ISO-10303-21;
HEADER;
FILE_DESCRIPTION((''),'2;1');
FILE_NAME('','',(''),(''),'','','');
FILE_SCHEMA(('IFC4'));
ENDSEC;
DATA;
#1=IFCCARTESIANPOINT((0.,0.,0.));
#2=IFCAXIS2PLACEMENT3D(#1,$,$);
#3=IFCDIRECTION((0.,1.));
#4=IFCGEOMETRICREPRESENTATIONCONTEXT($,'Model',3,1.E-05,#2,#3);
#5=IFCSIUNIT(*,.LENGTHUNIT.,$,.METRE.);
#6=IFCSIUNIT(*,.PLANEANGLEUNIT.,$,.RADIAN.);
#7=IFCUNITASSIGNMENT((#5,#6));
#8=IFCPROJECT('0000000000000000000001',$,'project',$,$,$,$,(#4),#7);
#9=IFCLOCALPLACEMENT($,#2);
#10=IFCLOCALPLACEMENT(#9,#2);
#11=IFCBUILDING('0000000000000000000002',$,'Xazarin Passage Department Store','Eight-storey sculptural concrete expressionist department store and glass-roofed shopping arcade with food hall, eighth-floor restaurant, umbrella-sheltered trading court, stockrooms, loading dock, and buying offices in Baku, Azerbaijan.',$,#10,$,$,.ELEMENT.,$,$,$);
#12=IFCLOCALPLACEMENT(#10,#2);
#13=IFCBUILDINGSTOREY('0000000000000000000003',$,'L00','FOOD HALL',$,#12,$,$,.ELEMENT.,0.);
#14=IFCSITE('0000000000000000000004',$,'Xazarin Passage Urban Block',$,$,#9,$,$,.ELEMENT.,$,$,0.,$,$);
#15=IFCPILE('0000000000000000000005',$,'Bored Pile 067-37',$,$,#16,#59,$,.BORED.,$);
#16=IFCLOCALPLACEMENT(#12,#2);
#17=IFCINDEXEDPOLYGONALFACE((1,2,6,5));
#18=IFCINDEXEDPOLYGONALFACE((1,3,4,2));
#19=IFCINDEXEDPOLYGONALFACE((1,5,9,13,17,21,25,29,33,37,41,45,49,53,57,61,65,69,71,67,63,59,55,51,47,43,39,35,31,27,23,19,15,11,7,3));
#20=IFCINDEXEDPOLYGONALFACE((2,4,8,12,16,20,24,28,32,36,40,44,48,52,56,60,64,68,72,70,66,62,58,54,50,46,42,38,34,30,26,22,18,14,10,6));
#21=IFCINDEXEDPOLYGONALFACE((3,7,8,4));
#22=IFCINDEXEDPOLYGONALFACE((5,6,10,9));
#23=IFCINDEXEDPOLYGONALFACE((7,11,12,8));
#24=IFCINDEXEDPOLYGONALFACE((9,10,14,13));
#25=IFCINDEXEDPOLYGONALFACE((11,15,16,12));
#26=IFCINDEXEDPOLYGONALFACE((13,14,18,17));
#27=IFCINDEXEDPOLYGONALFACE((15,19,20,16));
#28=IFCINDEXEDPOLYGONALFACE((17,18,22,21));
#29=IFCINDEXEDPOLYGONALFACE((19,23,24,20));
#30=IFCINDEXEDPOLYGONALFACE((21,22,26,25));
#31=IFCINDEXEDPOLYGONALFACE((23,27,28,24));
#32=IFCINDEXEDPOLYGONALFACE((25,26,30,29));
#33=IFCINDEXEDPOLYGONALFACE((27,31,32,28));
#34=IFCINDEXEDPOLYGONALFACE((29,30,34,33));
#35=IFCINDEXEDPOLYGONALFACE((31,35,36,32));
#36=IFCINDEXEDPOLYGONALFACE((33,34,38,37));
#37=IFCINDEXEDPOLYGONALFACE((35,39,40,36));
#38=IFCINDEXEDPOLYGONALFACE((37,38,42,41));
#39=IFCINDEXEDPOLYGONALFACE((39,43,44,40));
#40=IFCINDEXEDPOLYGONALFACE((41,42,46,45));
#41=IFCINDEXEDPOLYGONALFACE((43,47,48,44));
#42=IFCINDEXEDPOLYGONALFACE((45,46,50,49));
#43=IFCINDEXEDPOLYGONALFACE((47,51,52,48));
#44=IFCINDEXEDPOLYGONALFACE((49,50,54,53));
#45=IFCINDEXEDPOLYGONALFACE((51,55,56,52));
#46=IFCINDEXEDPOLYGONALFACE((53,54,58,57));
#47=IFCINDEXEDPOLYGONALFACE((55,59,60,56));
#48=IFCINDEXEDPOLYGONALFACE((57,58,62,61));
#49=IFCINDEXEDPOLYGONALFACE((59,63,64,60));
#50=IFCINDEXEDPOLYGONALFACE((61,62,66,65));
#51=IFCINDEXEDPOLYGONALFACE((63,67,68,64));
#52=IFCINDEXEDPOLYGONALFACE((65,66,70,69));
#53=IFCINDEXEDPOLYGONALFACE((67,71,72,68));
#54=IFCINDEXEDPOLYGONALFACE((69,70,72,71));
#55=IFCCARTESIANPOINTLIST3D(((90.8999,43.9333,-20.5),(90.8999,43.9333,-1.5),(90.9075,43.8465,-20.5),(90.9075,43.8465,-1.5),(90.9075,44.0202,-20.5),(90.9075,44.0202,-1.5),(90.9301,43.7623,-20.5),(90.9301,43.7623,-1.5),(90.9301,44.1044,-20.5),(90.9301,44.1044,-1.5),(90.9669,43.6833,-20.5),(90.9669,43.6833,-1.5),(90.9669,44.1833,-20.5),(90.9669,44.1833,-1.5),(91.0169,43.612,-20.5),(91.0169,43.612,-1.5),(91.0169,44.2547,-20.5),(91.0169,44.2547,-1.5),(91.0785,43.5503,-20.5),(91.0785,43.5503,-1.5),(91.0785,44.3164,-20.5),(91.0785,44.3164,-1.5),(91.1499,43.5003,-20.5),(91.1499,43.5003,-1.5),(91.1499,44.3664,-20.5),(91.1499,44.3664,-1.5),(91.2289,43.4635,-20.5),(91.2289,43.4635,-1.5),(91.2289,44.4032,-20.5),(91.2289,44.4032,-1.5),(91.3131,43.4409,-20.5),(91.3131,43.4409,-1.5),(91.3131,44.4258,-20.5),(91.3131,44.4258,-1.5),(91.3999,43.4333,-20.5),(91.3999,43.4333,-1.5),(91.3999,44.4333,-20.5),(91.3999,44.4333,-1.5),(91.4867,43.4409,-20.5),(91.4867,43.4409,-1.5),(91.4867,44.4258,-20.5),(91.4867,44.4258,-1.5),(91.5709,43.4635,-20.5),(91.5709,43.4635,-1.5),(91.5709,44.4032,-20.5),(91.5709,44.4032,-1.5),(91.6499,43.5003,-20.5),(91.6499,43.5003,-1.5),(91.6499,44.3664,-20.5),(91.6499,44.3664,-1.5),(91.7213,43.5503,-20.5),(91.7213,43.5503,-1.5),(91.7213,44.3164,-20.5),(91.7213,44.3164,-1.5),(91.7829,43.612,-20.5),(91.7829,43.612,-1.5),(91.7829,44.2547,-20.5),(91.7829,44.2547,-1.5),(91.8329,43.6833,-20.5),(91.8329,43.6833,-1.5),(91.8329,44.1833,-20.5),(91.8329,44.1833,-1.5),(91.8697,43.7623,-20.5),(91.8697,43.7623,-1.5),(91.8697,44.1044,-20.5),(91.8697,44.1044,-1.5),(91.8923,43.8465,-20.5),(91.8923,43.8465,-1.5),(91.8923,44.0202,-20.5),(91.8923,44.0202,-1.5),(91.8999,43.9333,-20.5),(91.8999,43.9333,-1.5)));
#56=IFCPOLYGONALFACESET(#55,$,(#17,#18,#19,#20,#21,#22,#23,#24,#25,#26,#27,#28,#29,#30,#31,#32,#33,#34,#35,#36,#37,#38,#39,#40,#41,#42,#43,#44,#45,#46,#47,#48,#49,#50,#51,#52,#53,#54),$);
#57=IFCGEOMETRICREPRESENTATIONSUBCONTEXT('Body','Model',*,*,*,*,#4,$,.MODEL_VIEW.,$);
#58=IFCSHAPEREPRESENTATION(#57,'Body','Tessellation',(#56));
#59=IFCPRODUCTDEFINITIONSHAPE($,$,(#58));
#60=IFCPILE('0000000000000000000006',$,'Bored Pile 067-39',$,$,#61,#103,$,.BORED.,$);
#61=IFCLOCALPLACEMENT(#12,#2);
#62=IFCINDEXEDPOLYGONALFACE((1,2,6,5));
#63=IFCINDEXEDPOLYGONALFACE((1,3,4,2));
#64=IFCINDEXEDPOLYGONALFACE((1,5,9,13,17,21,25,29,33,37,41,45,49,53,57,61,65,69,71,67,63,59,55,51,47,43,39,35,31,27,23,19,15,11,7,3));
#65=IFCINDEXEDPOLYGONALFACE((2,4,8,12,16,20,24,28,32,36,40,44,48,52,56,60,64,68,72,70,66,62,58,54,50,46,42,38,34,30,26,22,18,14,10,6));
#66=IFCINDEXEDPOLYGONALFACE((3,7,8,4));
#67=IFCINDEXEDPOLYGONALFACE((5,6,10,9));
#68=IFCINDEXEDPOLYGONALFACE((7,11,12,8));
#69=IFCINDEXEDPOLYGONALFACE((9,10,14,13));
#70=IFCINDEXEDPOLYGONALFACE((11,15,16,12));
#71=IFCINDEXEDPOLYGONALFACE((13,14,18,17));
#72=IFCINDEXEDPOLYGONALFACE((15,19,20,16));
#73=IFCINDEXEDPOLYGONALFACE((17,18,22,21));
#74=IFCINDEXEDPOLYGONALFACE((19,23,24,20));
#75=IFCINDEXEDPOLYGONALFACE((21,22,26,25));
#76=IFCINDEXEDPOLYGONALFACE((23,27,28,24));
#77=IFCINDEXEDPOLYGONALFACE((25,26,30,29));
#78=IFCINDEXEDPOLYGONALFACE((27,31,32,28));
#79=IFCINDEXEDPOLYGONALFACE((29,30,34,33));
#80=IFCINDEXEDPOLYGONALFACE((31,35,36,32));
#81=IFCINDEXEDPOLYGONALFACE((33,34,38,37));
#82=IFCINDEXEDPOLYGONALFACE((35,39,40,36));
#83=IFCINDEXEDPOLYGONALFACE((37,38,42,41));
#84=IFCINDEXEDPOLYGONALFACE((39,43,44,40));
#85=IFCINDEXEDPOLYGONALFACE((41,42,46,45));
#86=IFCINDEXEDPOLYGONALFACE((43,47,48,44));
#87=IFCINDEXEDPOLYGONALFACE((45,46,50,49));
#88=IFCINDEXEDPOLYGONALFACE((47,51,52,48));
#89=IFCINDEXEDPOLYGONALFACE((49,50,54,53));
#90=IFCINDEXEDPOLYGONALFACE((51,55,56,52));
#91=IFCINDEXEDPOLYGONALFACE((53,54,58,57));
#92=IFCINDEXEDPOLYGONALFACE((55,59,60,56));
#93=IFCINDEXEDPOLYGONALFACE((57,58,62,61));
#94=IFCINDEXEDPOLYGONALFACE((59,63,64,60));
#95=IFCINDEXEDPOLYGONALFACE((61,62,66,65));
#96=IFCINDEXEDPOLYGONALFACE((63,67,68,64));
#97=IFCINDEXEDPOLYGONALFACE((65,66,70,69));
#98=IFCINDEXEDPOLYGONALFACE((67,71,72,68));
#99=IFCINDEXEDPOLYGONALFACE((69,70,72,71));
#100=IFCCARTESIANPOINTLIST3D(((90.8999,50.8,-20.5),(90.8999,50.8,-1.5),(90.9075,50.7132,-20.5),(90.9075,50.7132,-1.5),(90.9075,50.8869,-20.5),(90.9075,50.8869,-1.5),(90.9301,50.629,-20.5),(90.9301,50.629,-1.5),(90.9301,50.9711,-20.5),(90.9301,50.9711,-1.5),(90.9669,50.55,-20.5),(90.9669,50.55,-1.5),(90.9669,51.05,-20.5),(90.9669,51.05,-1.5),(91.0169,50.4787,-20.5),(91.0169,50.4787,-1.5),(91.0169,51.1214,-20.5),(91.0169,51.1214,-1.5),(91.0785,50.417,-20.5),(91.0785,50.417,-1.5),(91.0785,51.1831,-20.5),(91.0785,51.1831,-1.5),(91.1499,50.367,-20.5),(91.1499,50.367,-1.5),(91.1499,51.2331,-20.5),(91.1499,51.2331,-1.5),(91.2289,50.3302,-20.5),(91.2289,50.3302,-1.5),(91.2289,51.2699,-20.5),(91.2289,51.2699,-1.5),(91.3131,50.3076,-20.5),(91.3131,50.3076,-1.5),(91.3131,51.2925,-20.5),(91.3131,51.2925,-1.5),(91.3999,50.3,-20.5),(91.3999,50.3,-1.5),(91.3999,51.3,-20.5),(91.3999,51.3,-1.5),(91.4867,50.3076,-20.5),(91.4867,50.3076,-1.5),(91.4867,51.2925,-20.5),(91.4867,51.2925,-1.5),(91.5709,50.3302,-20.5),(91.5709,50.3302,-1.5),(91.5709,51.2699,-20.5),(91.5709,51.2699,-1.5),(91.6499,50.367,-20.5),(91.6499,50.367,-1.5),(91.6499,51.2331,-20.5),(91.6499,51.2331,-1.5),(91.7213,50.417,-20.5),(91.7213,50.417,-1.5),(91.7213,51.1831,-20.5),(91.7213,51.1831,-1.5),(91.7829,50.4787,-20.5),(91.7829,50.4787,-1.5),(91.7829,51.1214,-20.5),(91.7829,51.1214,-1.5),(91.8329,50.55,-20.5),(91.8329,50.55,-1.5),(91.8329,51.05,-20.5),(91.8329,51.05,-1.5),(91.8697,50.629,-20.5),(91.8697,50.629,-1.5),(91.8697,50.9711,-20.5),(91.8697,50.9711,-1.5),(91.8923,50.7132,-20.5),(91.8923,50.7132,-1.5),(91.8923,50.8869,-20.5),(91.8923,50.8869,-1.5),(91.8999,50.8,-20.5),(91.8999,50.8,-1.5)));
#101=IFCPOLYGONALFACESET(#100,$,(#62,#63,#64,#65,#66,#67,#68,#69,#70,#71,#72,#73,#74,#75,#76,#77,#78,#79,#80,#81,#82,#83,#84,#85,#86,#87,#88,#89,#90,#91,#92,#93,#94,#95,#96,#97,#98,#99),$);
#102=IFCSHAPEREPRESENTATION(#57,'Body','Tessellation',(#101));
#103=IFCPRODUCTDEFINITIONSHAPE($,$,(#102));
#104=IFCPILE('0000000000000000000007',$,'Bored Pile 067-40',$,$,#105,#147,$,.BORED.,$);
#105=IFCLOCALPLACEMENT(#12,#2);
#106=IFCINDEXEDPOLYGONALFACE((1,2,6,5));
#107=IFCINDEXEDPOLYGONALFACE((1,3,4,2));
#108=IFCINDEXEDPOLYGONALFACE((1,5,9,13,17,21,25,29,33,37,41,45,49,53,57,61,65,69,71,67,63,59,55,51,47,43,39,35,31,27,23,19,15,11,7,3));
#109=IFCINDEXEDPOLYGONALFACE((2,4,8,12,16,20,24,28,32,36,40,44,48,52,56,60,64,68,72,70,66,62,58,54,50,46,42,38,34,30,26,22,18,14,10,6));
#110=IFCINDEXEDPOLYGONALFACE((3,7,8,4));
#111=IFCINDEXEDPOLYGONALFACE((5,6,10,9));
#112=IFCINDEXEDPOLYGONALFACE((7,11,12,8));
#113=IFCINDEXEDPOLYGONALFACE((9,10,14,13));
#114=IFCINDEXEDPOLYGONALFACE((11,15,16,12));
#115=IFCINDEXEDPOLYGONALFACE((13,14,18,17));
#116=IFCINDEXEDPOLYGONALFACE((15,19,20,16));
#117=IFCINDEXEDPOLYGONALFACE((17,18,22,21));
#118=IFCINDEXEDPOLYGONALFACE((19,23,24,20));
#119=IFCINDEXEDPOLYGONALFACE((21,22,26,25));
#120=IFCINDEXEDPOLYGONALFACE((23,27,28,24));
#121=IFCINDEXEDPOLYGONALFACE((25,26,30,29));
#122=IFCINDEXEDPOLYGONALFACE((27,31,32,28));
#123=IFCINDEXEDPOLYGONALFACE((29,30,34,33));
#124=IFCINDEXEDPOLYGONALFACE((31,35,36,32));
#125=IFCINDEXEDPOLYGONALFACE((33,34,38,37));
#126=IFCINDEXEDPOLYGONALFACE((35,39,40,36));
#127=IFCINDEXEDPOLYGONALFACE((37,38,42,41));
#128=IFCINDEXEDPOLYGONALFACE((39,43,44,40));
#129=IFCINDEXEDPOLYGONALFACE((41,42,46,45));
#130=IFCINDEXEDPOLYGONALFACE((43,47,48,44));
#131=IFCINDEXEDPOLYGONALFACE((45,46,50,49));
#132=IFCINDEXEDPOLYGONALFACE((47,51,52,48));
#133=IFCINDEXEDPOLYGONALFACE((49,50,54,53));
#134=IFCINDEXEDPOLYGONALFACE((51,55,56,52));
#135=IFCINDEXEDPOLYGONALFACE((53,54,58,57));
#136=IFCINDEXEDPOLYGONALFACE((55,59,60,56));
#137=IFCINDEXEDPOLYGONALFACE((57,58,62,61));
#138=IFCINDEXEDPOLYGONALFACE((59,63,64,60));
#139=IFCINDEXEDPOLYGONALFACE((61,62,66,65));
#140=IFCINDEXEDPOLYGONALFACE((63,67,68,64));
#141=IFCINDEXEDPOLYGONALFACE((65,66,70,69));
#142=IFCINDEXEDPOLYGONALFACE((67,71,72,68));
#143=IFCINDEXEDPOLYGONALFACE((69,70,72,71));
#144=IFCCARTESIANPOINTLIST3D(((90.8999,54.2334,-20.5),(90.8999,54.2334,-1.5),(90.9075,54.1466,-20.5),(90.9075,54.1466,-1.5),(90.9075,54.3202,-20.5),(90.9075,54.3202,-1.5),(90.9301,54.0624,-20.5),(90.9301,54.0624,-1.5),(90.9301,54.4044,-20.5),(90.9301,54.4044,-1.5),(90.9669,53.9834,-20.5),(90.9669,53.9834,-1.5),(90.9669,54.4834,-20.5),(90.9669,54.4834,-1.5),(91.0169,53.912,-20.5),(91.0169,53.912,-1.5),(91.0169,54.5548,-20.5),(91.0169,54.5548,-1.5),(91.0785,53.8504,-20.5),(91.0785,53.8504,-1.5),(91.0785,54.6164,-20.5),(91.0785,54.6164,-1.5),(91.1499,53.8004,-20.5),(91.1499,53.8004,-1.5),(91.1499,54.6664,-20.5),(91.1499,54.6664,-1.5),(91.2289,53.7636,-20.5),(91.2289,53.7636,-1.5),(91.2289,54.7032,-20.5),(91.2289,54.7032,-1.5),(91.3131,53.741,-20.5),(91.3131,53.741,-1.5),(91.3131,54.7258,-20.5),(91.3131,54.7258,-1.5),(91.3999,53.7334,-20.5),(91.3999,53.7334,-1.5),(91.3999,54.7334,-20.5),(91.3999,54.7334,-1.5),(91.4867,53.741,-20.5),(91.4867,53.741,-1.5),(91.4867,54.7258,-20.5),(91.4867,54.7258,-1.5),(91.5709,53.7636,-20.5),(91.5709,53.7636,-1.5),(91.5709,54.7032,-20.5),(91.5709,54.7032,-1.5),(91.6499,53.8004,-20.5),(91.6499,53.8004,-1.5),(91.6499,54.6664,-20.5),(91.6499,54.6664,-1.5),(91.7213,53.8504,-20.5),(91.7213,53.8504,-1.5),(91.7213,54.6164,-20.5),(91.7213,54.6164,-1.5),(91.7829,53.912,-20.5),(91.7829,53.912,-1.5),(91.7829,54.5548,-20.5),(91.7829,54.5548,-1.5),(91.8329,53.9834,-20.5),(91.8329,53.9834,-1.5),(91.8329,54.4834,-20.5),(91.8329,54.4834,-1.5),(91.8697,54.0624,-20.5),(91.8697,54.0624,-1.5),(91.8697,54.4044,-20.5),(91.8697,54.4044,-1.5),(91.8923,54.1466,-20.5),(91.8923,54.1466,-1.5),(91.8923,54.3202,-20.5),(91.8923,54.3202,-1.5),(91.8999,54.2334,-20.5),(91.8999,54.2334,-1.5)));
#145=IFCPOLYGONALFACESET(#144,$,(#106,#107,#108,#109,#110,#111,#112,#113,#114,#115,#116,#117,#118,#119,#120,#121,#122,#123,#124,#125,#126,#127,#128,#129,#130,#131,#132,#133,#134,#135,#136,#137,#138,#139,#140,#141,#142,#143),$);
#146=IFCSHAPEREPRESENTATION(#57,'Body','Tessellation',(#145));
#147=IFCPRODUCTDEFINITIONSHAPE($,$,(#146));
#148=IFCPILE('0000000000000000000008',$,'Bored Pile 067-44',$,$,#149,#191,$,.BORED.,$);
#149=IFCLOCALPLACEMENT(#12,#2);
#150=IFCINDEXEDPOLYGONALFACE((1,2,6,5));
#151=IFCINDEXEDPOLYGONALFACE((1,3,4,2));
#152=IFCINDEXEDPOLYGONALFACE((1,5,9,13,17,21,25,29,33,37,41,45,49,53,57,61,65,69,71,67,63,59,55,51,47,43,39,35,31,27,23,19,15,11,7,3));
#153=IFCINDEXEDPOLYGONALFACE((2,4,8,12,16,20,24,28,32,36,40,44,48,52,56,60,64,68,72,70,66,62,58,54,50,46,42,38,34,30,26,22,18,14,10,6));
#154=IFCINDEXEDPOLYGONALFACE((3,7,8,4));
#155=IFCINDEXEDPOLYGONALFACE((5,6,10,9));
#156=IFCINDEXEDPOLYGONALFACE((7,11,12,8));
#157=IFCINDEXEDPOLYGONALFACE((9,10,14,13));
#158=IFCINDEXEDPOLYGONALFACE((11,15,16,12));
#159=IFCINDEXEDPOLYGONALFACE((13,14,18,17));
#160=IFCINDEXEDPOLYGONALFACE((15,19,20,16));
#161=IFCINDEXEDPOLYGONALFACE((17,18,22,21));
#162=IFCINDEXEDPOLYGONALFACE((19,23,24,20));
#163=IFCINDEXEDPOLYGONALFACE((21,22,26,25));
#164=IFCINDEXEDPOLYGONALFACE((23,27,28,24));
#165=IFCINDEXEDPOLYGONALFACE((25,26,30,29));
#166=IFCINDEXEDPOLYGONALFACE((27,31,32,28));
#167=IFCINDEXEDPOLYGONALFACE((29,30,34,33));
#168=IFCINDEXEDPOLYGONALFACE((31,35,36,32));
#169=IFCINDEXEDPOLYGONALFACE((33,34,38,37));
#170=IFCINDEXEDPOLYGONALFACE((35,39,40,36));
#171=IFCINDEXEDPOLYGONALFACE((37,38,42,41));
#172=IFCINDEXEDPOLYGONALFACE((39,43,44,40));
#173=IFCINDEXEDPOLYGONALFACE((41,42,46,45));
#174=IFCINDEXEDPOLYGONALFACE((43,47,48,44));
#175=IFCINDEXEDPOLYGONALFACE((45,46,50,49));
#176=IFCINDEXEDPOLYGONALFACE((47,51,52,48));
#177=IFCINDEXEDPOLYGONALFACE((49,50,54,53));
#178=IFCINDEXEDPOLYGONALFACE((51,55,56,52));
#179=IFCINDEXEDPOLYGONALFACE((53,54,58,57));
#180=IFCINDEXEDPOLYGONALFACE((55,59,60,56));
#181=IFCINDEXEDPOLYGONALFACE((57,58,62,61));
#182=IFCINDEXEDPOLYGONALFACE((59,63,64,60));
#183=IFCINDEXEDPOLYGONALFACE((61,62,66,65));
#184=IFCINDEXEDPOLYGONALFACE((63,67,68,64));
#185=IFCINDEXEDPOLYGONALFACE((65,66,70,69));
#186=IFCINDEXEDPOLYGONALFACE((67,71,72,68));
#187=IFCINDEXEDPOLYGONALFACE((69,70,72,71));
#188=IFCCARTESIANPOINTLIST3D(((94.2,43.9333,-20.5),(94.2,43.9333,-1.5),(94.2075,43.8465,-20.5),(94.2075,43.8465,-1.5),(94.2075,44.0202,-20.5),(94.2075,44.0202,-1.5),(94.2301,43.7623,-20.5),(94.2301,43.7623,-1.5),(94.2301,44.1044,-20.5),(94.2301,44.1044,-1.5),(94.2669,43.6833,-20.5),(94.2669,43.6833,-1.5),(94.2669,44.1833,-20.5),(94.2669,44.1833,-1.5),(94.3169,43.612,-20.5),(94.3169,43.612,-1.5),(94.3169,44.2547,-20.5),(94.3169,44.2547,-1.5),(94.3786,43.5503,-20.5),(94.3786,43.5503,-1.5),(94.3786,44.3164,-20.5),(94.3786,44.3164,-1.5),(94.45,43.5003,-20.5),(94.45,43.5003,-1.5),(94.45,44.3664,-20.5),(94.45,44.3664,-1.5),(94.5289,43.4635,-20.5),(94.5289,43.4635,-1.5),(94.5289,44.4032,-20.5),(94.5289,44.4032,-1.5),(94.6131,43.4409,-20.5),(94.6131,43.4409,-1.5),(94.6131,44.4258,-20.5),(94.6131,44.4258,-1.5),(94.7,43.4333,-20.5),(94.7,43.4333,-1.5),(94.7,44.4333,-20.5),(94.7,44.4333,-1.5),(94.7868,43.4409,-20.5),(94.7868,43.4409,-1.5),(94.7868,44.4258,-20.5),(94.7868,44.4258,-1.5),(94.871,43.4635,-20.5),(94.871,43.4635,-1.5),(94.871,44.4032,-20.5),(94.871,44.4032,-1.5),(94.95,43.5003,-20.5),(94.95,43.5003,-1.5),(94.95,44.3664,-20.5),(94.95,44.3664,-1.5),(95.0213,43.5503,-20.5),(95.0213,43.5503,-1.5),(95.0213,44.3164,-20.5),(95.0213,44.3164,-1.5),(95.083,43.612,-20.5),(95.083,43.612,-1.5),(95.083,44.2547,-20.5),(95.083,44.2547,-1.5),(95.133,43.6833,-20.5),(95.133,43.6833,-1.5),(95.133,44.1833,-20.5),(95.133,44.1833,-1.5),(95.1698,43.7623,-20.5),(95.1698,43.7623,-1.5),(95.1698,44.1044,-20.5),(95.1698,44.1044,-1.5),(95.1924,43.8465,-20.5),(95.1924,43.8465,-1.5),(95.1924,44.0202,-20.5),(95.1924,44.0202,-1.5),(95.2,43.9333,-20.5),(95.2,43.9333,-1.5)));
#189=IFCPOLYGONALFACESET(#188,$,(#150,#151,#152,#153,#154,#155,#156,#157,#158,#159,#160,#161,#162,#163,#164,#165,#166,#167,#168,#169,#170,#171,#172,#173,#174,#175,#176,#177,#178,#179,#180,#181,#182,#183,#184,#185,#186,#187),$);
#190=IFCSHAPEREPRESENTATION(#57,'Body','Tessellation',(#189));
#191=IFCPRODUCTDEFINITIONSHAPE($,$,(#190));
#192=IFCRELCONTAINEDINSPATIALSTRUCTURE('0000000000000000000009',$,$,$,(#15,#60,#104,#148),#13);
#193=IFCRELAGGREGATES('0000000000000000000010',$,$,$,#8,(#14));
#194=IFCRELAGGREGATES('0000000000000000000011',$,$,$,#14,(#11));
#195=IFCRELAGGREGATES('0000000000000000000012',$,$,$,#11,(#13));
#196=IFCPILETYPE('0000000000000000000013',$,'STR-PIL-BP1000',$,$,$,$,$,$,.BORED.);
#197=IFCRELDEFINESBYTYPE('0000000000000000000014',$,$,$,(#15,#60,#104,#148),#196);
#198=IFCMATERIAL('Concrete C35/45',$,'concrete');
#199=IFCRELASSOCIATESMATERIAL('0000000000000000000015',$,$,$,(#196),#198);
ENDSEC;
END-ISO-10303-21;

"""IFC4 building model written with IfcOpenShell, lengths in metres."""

from ifc_helpers import new_model, si_unit, direction, frame, origin, origin_2d, place, context, subcontext, project, spatial, circle, extrude, material, material_profile, profile_set, type_object, element, save


model = new_model("IFC4")

# Units and contexts
model_context = context("Model", 3, precision=1e-05, world=origin(), true_north=direction((0.0, 1.0)))
body_context = subcontext(model_context, "Body", "Model", "MODEL_VIEW")
ifc_project = project(units=[si_unit("LENGTHUNIT", "METRE"), si_unit("PLANEANGLEUNIT", "RADIAN")], contexts=[model_context])

# Site, building, storey
site_placement = place(None, origin())
site = spatial("IfcSite", under=ifc_project, at=site_placement, Name="Xazarin Passage Urban Block", CompositionType="ELEMENT", RefElevation=0.0)
building_placement = place(site_placement, origin())
building = spatial("IfcBuilding", under=site, at=building_placement, Name="Xazarin Passage Department Store", Description="Eight-storey sculptural concrete expressionist department store and glass-roofed shopping arcade with food hall, eighth-floor restaurant, umbrella-sheltered trading court, stockrooms, loading dock, and buying offices in Baku, Azerbaijan.", CompositionType="ELEMENT")
storey_placement = place(building_placement, origin())
storey = spatial("IfcBuildingStorey", under=building, at=storey_placement, Name="L00", Description="FOOD HALL", CompositionType="ELEMENT", Elevation=0.0)

# Shared definitions
ifc_material_1 = material(Name="Concrete C35/45", Category="concrete")

# Piles
ifc_material_profile_1 = material_profile(ifc_material_1, circle(Radius=0.5, at=origin_2d()), Name="BP 1000")
ifc_profile_set_1 = profile_set([ifc_material_profile_1], Name="Concrete C35/45")
pile_type_1 = type_object("IfcPileType", Name="STR-PIL-BP1000", PredefinedType="BORED", material=ifc_profile_set_1)
for number, where, z_axis, x_axis, name in (
    (1, (91.3999, 43.9333, -1.5), (0.0, 0.0, -1.0), (1.0, 0.0, 0.0), "Bored Pile 067-37"),
    (2, (91.3999, 50.8, -1.5), (0.0, 0.0, -1.0), (1.0, 0.0, 0.0), "Bored Pile 067-39"),
    (3, (91.3999, 54.2334, -1.5), (0.0, 0.0, -1.0), (1.0, 0.0, 0.0), "Bored Pile 067-40"),
    (4, (94.7, 43.9333, -1.5), (0.0, 0.0, -1.0), (1.0, 0.0, 0.0), "Bored Pile 067-44"),
):
    element("IfcPile", number, at=place(storey_placement, frame(where, z_axis=z_axis, x_axis=x_axis)), inside=storey, type_object=pile_type_1, Name=name, PredefinedType="BORED", context=body_context, shape_type="SweptSolid", body=[
        extrude(circle(Radius=0.5, at=origin_2d()), origin(), (0.0, 0.0, 1.0), 19.0),
    ])

save(model, "model.ifc")
